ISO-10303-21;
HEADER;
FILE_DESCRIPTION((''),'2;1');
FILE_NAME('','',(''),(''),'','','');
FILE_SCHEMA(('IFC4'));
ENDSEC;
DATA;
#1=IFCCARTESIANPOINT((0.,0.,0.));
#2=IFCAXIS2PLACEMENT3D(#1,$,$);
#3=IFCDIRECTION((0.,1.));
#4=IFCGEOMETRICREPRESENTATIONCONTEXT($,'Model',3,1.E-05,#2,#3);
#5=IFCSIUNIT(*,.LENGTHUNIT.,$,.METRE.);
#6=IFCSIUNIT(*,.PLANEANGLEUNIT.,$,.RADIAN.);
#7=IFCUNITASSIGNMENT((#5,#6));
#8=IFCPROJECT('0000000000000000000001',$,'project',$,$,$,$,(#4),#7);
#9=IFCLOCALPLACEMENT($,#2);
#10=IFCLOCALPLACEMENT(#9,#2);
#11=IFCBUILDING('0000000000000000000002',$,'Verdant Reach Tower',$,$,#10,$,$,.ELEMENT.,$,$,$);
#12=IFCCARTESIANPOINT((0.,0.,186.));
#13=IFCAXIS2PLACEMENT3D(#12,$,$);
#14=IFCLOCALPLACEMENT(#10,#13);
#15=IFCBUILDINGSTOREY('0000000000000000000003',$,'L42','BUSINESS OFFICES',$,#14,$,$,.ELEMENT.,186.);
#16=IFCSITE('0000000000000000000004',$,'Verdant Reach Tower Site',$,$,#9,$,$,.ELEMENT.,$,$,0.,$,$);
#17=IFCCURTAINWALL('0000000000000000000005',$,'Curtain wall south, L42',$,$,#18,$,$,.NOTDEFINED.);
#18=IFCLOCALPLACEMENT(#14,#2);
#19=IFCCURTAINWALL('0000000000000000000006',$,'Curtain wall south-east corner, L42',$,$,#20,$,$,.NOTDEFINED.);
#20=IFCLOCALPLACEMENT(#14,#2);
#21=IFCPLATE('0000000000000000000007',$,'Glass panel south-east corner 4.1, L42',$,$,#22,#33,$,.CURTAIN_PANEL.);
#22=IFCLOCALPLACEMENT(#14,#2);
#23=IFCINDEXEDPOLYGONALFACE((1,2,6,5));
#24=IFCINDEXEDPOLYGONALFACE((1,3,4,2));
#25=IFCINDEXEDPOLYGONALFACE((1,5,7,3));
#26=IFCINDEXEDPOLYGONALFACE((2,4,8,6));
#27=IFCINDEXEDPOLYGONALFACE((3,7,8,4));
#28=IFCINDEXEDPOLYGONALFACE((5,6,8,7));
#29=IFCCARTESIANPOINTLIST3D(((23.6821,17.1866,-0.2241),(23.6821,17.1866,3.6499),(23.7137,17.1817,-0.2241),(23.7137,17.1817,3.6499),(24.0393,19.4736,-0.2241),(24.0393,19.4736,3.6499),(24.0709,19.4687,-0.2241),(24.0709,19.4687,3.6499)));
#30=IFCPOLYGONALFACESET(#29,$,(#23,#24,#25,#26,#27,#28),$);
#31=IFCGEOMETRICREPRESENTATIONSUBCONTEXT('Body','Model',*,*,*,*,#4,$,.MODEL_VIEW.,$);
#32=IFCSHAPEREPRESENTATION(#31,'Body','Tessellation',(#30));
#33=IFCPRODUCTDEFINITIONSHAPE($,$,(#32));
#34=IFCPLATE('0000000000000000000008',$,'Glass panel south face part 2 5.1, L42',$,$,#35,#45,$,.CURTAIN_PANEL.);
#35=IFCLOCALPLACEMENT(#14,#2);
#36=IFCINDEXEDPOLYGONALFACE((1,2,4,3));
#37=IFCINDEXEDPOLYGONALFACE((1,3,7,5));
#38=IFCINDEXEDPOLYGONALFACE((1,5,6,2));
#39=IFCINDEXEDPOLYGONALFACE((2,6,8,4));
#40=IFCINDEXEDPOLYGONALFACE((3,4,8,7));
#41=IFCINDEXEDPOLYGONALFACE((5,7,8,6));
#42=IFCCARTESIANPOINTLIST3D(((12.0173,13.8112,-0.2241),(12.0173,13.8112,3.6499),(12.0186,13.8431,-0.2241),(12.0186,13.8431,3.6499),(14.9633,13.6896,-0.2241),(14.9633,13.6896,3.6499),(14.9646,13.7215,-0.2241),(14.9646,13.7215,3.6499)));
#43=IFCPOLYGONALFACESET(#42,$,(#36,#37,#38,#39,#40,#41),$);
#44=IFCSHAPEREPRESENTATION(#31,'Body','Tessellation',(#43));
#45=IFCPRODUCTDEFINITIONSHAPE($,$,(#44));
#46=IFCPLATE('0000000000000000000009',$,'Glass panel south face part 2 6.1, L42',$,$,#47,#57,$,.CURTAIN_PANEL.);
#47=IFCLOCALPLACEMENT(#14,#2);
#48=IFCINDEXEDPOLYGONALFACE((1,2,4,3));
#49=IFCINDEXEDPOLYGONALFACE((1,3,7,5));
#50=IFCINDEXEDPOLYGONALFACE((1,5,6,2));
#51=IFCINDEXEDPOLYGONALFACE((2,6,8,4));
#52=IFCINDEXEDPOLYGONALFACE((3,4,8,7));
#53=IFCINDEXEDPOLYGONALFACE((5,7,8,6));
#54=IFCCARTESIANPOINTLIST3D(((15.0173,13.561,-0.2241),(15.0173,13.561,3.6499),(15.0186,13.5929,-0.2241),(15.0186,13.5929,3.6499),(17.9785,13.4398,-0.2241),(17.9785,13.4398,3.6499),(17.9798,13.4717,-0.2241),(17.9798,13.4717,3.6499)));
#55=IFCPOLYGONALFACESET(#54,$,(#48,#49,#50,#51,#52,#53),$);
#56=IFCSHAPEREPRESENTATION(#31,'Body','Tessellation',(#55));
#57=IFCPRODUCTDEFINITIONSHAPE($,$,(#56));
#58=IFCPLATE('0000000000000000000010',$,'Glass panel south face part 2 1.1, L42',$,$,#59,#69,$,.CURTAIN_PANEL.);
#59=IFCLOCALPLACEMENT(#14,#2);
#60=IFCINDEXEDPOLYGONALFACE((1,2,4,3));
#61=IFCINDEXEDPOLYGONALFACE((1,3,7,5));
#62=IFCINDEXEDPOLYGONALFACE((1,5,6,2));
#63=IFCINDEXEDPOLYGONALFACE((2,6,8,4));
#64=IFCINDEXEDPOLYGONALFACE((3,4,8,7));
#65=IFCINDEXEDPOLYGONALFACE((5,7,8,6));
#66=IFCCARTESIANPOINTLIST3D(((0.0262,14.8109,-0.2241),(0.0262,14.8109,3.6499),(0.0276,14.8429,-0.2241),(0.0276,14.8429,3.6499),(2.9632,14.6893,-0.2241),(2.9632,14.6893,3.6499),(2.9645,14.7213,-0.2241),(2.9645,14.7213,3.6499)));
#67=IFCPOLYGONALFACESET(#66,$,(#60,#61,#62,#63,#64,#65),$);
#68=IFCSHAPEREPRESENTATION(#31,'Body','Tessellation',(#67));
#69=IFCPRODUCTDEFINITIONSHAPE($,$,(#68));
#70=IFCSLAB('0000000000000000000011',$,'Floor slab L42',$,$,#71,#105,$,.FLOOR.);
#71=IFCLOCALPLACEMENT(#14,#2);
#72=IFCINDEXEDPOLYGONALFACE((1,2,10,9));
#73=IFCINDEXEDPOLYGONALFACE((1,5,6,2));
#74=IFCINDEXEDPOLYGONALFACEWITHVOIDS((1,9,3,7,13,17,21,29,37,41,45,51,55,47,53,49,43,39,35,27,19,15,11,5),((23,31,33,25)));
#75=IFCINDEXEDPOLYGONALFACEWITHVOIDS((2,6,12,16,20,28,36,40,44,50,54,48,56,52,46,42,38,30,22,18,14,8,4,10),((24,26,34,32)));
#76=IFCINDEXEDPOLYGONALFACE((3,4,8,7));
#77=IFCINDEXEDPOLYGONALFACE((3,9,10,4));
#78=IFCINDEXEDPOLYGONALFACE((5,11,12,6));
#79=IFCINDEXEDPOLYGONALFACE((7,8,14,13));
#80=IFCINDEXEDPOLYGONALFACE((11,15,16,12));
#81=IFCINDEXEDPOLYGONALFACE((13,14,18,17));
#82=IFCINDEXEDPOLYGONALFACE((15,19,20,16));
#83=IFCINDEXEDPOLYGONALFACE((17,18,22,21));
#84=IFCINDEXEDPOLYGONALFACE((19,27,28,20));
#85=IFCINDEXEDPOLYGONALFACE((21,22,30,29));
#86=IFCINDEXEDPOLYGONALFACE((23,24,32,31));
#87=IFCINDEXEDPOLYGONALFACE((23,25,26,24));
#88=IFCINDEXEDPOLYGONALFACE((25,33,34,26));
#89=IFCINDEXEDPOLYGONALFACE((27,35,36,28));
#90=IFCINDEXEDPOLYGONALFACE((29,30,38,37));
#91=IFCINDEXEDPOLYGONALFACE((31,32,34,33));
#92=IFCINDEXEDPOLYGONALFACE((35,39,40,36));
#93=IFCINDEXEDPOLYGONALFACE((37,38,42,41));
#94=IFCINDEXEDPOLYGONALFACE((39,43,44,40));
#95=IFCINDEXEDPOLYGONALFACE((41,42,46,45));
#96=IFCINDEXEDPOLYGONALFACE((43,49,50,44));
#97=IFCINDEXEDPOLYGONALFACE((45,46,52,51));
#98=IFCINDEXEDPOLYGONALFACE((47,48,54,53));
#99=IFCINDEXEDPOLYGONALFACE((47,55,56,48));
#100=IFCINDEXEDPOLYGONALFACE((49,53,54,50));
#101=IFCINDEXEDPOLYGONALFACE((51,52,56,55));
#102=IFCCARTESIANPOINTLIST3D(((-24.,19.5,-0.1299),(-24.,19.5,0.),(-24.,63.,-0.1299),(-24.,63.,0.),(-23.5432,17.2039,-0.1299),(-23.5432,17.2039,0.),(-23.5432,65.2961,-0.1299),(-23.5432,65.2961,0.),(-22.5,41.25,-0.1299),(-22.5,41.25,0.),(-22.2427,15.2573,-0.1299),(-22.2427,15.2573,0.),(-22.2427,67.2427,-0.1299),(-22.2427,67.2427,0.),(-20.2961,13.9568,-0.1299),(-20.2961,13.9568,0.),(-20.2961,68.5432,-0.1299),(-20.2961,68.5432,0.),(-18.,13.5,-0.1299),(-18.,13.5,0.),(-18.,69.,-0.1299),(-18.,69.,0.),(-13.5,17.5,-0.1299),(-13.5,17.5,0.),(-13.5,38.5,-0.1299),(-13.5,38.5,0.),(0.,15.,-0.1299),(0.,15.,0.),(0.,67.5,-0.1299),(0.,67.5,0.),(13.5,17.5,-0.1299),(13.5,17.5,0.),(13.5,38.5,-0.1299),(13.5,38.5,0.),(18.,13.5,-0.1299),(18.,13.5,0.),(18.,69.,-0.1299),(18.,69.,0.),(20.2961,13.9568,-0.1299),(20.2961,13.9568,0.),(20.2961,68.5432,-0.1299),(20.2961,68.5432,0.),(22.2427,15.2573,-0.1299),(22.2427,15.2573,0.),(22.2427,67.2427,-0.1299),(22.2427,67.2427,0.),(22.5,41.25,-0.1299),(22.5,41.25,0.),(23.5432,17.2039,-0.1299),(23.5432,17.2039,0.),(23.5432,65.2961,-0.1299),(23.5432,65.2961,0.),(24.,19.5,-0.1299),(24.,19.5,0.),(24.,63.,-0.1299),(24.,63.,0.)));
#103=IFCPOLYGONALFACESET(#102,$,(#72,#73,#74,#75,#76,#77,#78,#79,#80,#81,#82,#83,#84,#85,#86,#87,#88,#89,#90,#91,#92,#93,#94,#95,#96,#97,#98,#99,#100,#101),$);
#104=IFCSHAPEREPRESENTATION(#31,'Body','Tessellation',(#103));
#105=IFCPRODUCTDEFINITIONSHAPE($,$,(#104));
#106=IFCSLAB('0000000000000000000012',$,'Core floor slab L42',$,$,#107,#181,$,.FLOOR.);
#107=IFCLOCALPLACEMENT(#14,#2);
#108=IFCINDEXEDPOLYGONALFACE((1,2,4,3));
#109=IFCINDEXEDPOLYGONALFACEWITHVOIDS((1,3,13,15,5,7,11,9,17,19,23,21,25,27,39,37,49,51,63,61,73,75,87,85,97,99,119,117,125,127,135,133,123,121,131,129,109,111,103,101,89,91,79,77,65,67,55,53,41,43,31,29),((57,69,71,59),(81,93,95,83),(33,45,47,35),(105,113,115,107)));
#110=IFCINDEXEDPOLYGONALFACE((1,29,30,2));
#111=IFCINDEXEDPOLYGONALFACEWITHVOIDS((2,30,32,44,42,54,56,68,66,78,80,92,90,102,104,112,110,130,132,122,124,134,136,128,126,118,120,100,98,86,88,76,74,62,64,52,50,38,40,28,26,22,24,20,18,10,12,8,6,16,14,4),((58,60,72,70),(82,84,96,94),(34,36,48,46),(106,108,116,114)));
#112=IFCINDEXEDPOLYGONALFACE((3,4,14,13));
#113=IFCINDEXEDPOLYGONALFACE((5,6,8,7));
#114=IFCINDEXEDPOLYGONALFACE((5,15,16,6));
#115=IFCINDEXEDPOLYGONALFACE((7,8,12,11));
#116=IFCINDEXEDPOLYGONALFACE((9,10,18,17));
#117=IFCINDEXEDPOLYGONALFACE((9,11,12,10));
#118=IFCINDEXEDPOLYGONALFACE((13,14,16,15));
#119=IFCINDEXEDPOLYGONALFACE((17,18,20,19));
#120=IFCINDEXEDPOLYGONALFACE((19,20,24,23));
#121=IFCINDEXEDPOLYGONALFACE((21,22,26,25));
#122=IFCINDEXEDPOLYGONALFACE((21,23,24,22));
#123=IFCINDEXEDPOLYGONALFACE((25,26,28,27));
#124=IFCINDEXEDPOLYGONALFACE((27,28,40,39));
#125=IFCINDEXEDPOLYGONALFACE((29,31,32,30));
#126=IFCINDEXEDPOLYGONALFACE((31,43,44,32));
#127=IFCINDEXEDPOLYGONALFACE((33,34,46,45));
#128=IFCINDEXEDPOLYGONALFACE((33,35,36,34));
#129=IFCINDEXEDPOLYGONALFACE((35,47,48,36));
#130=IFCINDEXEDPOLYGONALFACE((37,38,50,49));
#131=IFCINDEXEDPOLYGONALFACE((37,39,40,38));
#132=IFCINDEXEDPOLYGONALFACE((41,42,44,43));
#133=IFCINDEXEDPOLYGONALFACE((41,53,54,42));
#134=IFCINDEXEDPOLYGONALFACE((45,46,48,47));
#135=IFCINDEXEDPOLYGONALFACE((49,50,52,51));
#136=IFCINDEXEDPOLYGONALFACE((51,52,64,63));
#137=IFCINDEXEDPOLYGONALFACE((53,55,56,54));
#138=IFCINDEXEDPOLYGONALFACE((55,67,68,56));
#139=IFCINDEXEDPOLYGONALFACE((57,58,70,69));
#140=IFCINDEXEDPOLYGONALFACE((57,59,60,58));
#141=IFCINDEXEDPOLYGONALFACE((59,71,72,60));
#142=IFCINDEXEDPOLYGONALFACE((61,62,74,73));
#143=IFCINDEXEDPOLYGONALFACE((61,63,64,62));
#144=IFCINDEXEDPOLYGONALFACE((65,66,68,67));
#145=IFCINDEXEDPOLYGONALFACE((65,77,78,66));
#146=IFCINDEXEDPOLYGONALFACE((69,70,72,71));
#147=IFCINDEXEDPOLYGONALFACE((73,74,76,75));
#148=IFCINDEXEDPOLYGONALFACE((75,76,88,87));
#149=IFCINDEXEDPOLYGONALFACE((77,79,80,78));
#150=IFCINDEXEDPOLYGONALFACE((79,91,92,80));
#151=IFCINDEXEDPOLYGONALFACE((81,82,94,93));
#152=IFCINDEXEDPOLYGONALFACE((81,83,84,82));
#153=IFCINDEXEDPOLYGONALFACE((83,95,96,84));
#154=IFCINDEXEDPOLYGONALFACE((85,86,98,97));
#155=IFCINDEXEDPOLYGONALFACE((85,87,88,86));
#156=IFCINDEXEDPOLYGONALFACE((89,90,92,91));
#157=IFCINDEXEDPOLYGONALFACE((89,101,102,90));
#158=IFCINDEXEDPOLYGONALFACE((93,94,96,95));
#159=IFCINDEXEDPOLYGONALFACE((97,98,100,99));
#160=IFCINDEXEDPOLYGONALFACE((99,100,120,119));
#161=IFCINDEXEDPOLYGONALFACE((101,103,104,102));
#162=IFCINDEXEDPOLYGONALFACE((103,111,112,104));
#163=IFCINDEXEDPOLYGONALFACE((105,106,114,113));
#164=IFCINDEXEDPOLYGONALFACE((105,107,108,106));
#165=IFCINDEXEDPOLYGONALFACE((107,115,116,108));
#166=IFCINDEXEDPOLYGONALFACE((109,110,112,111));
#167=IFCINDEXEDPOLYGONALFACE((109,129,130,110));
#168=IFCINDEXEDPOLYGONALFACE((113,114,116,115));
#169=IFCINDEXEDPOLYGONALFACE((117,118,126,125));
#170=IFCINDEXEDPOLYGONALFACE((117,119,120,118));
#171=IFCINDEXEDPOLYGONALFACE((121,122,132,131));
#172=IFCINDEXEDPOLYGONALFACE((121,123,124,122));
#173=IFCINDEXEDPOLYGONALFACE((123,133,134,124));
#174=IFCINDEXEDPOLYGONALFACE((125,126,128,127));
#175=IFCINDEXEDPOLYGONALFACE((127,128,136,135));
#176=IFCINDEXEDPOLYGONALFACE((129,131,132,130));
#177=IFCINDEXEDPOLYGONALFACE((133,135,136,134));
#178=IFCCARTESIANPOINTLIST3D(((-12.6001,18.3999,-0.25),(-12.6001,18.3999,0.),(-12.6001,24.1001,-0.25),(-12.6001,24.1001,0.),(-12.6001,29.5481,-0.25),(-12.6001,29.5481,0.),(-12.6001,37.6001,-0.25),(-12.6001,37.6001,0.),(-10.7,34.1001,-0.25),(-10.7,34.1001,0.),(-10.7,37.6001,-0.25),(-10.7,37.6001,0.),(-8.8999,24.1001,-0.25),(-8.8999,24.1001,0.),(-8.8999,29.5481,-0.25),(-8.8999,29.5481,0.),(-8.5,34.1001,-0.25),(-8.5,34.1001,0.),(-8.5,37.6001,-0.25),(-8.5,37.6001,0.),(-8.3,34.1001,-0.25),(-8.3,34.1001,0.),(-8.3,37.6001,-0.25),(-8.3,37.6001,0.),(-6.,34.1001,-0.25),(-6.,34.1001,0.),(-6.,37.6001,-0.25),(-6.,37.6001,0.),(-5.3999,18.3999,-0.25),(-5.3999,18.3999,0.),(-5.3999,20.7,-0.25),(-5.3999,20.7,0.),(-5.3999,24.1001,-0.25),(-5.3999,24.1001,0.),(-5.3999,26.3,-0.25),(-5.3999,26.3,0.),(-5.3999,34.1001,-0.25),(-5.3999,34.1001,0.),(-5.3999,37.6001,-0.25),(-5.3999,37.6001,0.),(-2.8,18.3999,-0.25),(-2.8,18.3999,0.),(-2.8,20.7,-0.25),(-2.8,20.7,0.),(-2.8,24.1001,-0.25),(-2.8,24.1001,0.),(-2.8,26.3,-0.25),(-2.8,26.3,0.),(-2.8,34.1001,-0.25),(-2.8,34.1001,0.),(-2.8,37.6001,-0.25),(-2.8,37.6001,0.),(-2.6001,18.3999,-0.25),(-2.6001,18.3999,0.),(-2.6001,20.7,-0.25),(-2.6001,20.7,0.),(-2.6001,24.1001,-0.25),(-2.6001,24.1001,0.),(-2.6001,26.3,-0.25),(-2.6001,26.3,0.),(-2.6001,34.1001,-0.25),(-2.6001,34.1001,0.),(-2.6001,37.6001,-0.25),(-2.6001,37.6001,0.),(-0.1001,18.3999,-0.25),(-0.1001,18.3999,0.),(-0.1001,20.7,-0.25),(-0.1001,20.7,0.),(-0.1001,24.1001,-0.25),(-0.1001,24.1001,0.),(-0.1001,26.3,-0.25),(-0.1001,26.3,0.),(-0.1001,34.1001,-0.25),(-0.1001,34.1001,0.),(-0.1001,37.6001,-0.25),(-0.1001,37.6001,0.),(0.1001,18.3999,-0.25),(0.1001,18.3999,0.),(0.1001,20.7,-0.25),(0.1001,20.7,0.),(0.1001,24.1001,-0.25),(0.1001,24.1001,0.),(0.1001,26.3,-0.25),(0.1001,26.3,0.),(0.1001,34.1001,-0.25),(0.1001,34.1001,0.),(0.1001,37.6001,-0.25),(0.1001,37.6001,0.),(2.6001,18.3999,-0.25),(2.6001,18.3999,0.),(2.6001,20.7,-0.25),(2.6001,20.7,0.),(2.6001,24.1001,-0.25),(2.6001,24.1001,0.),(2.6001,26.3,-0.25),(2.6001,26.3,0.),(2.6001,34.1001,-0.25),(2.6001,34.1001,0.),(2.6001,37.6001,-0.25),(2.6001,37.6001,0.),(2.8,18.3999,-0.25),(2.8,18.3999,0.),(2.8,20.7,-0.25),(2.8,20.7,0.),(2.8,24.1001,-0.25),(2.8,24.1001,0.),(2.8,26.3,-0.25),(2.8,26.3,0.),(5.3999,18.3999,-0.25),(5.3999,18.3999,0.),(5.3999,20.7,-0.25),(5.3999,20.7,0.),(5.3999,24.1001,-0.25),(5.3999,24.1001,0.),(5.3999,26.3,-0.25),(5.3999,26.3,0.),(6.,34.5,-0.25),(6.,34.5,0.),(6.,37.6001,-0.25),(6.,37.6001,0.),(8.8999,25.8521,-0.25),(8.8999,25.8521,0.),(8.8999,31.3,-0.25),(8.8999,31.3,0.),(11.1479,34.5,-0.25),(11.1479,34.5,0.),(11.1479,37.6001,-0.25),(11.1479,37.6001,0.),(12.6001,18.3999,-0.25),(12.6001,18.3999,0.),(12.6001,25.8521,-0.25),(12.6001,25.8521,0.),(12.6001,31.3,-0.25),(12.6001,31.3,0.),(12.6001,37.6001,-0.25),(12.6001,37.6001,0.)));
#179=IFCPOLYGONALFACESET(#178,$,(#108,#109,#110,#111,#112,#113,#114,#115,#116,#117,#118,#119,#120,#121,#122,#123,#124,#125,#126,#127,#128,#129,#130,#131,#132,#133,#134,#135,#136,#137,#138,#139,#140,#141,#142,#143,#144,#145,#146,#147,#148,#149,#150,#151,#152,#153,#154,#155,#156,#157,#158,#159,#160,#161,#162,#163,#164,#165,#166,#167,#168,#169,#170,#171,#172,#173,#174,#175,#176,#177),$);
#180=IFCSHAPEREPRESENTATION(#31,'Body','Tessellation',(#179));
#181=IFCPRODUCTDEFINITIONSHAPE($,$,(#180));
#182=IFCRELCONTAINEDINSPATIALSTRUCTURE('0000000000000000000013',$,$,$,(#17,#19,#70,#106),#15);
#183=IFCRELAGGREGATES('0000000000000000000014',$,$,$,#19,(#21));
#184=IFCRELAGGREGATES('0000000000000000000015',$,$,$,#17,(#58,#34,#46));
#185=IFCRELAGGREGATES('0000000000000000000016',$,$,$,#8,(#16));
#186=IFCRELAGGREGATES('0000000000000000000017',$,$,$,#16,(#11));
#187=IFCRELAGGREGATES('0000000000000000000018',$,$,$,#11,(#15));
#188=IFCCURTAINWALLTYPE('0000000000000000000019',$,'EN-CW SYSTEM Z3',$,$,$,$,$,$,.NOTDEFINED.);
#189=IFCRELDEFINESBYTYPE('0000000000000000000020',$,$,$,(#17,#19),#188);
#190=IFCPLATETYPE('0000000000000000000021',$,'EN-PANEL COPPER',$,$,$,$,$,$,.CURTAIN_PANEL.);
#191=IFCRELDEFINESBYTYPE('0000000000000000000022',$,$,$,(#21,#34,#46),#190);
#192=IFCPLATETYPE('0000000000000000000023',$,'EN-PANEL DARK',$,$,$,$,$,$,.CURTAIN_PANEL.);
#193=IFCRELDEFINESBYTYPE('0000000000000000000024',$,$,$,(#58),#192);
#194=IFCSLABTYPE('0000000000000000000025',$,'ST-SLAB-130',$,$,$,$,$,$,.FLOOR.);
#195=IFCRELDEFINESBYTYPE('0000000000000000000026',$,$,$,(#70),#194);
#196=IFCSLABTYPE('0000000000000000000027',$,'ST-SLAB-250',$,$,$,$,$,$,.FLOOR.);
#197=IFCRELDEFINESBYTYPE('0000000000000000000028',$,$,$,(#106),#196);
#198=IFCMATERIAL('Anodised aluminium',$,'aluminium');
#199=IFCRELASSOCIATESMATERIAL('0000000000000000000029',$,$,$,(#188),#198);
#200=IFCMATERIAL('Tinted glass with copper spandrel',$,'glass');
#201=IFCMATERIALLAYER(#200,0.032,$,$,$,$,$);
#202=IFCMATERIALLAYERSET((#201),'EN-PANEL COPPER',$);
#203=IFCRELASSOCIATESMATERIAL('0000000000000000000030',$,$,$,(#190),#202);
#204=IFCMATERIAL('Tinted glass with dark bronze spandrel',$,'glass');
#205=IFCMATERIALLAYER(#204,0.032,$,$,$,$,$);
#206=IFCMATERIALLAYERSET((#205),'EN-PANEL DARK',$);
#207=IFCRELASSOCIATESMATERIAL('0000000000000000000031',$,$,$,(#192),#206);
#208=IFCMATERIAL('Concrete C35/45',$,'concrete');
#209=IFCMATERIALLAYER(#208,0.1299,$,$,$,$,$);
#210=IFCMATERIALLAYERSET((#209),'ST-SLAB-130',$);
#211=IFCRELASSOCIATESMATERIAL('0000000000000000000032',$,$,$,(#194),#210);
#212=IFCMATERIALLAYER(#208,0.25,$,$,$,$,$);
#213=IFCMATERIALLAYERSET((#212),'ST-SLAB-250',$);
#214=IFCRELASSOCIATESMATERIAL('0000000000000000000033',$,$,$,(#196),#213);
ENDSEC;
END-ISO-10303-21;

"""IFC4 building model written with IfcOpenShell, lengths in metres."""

from ifc_helpers import new_model, si_unit, direction, frame, origin, origin_2d, place, context, subcontext, project, spatial, polyline, rectangle, outline, extrude, material, layer, layer_set, type_object, element, aggregate, save


model = new_model("IFC4")

# Units and contexts
model_context = context("Model", 3, precision=1e-05, world=origin(), true_north=direction((0.0, 1.0)))
body_context = subcontext(model_context, "Body", "Model", "MODEL_VIEW")
ifc_project = project(units=[si_unit("LENGTHUNIT", "METRE"), si_unit("PLANEANGLEUNIT", "RADIAN")], contexts=[model_context])

# Site, building, storey
site_placement = place(None, origin())
site = spatial("IfcSite", under=ifc_project, at=site_placement, Name="Verdant Reach Tower Site", CompositionType="ELEMENT", RefElevation=0.0)
building_placement = place(site_placement, origin())
building = spatial("IfcBuilding", under=site, at=building_placement, Name="Verdant Reach Tower", CompositionType="ELEMENT")
storey_placement = place(building_placement, frame((0.0, 0.0, 186.0)))
storey = spatial("IfcBuildingStorey", under=building, at=storey_placement, Name="L42", Description="BUSINESS OFFICES", CompositionType="ELEMENT", Elevation=186.0)

# Curtain wall
ifc_material_1 = material(Name="Anodised aluminium", Category="aluminium")
curtain_wall_type = type_object("IfcCurtainWallType", Name="EN-CW SYSTEM Z3", PredefinedType="NOTDEFINED", material=ifc_material_1)
curtain_wall_1_placement = place(storey_placement, origin())
curtain_wall_1 = element("IfcCurtainWall", 1, at=curtain_wall_1_placement, inside=storey, type_object=curtain_wall_type, Name="Curtain wall south, L42", PredefinedType="NOTDEFINED")

# Curtain wall
curtain_wall_2_placement = place(storey_placement, origin())
curtain_wall_2 = element("IfcCurtainWall", 2, at=curtain_wall_2_placement, inside=storey, type_object=curtain_wall_type, Name="Curtain wall south-east corner, L42", PredefinedType="NOTDEFINED")

# Plates
ifc_material_2 = material(Name="Tinted glass with copper spandrel", Category="glass")
ifc_layer_1 = layer(ifc_material_2, 0.032)
ifc_layer_set_1 = layer_set([ifc_layer_1], Name="EN-PANEL COPPER")
plate_type_1 = type_object("IfcPlateType", Name="EN-PANEL COPPER", PredefinedType="CURTAIN_PANEL", material=ifc_layer_set_1)
plate_1_placement = place(storey_placement, frame((23.8765, 18.3276, -0.2241), z_axis=(0.0, 0.0, 1.0), x_axis=(0.154312, 0.988022, 0.0)))
plate_1 = element("IfcPlate", 3, at=plate_1_placement, type_object=plate_type_1, Name="Glass panel south-east corner 4.1, L42", PredefinedType="CURTAIN_PANEL", context=body_context, shape_type="SweptSolid", body=[
    extrude(rectangle(XDim=2.3147, YDim=0.032, at=origin_2d()), origin(), (0.0, 0.0, 1.0), 3.874),
])
aggregate(curtain_wall_2, [plate_1])
plate_2_placement = place(storey_placement, frame((13.491, 13.7664, -0.2241), z_axis=(0.0, 0.0, 1.0), x_axis=(0.999149, -0.041242, 0.0)))
plate_2 = element("IfcPlate", 4, at=plate_2_placement, type_object=plate_type_1, Name="Glass panel south face part 2 5.1, L42", PredefinedType="CURTAIN_PANEL", context=body_context, shape_type="SweptSolid", body=[
    extrude(rectangle(XDim=2.9485, YDim=0.032, at=origin_2d()), origin(), (0.0, 0.0, 1.0), 3.874),
])
plate_3_placement = place(storey_placement, frame((16.4985, 13.5164, -0.2241), z_axis=(0.0, 0.0, 1.0), x_axis=(0.999164, -0.040891, 0.0)))
plate_3 = element("IfcPlate", 5, at=plate_3_placement, type_object=plate_type_1, Name="Glass panel south face part 2 6.1, L42", PredefinedType="CURTAIN_PANEL", context=body_context, shape_type="SweptSolid", body=[
    extrude(rectangle(XDim=2.9636, YDim=0.032, at=origin_2d()), origin(), (0.0, 0.0, 1.0), 3.874),
])
ifc_material_3 = material(Name="Tinted glass with dark bronze spandrel", Category="glass")
ifc_layer_2 = layer(ifc_material_3, 0.032)
ifc_layer_set_2 = layer_set([ifc_layer_2], Name="EN-PANEL DARK")
plate_type_2 = type_object("IfcPlateType", Name="EN-PANEL DARK", PredefinedType="CURTAIN_PANEL", material=ifc_layer_set_2)
plate_4_placement = place(storey_placement, frame((1.4954, 14.7661, -0.2241), z_axis=(0.0, 0.0, 1.0), x_axis=(0.999144, -0.041367, 0.0)))
plate_4 = element("IfcPlate", 6, at=plate_4_placement, type_object=plate_type_2, Name="Glass panel south face part 2 1.1, L42", PredefinedType="CURTAIN_PANEL", context=body_context, shape_type="SweptSolid", body=[
    extrude(rectangle(XDim=2.9395, YDim=0.032, at=origin_2d()), origin(), (0.0, 0.0, 1.0), 3.874),
])
aggregate(curtain_wall_1, [plate_4, plate_2, plate_3])

# Slabs
ifc_material_4 = material(Name="Concrete C35/45", Category="concrete")
ifc_layer_3 = layer(ifc_material_4, 0.1299)
ifc_layer_set_3 = layer_set([ifc_layer_3], Name="ST-SLAB-130")
slab_type_1 = type_object("IfcSlabType", Name="ST-SLAB-130", PredefinedType="FLOOR", material=ifc_layer_set_3)
slab_1_placement = place(storey_placement, frame((0.0, 0.0, -0.1299)))
element("IfcSlab", 7, at=slab_1_placement, inside=storey, type_object=slab_type_1, Name="Floor slab L42", PredefinedType="FLOOR", context=body_context, shape_type="SweptSolid", body=[
    extrude(outline(polyline([(0.0, 15.0), (-18.0, 13.5), (-20.2961, 13.9568), (-22.2427, 15.2573), (-23.5432, 17.2039), (-24.0, 19.5), (-22.5, 41.25), (-24.0, 63.0), (-23.5432, 65.2961), (-22.2427, 67.2427), (-20.2961, 68.5432), (-18.0, 69.0), (0.0, 67.5), (18.0, 69.0), (20.2961, 68.5432), (22.2427, 67.2427), (23.5432, 65.2961), (24.0, 63.0), (22.5, 41.25), (24.0, 19.5), (23.5432, 17.2039), (22.2427, 15.2573), (20.2961, 13.9568), (18.0, 13.5), (0.0, 15.0)]), holes=[polyline([(13.5, 38.5), (-13.5, 38.5), (-13.5, 17.5), (13.5, 17.5), (13.5, 38.5)])]), origin(), (0.0, 0.0, 1.0), 0.1299),
])
ifc_layer_4 = layer(ifc_material_4, 0.25)
ifc_layer_set_4 = layer_set([ifc_layer_4], Name="ST-SLAB-250")
slab_type_2 = type_object("IfcSlabType", Name="ST-SLAB-250", PredefinedType="FLOOR", material=ifc_layer_set_4)
slab_2_placement = place(storey_placement, frame((0.0, 0.0, -0.25)))
element("IfcSlab", 8, at=slab_2_placement, inside=storey, type_object=slab_type_2, Name="Core floor slab L42", PredefinedType="FLOOR", context=body_context, shape_type="SweptSolid", body=[
    extrude(outline(polyline([(12.6001, 18.3999), (5.3999, 18.3999), (5.3999, 20.7), (2.8, 20.7), (2.8, 18.3999), (2.6001, 18.3999), (2.6001, 20.7), (0.1001, 20.7), (0.1001, 18.3999), (-0.1001, 18.3999), (-0.1001, 20.7), (-2.6001, 20.7), (-2.6001, 18.3999), (-2.8, 18.3999), (-2.8, 20.7), (-5.3999, 20.7), (-5.3999, 18.3999), (-12.6001, 18.3999), (-12.6001, 24.1001), (-8.8999, 24.1001), (-8.8999, 29.5481), (-12.6001, 29.5481), (-12.6001, 37.6001), (-10.7, 37.6001), (-10.7, 34.1001), (-8.5, 34.1001), (-8.5, 37.6001), (-8.3, 37.6001), (-8.3, 34.1001), (-6.0, 34.1001), (-6.0, 37.6001), (-5.3999, 37.6001), (-5.3999, 34.1001), (-2.8, 34.1001), (-2.8, 37.6001), (-2.6001, 37.6001), (-2.6001, 34.1001), (-0.1001, 34.1001), (-0.1001, 37.6001), (0.1001, 37.6001), (0.1001, 34.1001), (2.6001, 34.1001), (2.6001, 37.6001), (6.0, 37.6001), (6.0, 34.5), (11.1479, 34.5), (11.1479, 37.6001), (12.6001, 37.6001), (12.6001, 31.3), (8.8999, 31.3), (8.8999, 25.8521), (12.6001, 25.8521), (12.6001, 18.3999)]), holes=[polyline([(-2.8, 24.1001), (-2.8, 26.3), (-5.3999, 26.3), (-5.3999, 24.1001), (-2.8, 24.1001)]), polyline([(-0.1001, 24.1001), (-0.1001, 26.3), (-2.6001, 26.3), (-2.6001, 24.1001), (-0.1001, 24.1001)]), polyline([(2.6001, 24.1001), (2.6001, 26.3), (0.1001, 26.3), (0.1001, 24.1001), (2.6001, 24.1001)]), polyline([(5.3999, 24.1001), (5.3999, 26.3), (2.8, 26.3), (2.8, 24.1001), (5.3999, 24.1001)])]), origin(), (0.0, 0.0, 1.0), 0.25),
])

save(model, "model.ifc")
